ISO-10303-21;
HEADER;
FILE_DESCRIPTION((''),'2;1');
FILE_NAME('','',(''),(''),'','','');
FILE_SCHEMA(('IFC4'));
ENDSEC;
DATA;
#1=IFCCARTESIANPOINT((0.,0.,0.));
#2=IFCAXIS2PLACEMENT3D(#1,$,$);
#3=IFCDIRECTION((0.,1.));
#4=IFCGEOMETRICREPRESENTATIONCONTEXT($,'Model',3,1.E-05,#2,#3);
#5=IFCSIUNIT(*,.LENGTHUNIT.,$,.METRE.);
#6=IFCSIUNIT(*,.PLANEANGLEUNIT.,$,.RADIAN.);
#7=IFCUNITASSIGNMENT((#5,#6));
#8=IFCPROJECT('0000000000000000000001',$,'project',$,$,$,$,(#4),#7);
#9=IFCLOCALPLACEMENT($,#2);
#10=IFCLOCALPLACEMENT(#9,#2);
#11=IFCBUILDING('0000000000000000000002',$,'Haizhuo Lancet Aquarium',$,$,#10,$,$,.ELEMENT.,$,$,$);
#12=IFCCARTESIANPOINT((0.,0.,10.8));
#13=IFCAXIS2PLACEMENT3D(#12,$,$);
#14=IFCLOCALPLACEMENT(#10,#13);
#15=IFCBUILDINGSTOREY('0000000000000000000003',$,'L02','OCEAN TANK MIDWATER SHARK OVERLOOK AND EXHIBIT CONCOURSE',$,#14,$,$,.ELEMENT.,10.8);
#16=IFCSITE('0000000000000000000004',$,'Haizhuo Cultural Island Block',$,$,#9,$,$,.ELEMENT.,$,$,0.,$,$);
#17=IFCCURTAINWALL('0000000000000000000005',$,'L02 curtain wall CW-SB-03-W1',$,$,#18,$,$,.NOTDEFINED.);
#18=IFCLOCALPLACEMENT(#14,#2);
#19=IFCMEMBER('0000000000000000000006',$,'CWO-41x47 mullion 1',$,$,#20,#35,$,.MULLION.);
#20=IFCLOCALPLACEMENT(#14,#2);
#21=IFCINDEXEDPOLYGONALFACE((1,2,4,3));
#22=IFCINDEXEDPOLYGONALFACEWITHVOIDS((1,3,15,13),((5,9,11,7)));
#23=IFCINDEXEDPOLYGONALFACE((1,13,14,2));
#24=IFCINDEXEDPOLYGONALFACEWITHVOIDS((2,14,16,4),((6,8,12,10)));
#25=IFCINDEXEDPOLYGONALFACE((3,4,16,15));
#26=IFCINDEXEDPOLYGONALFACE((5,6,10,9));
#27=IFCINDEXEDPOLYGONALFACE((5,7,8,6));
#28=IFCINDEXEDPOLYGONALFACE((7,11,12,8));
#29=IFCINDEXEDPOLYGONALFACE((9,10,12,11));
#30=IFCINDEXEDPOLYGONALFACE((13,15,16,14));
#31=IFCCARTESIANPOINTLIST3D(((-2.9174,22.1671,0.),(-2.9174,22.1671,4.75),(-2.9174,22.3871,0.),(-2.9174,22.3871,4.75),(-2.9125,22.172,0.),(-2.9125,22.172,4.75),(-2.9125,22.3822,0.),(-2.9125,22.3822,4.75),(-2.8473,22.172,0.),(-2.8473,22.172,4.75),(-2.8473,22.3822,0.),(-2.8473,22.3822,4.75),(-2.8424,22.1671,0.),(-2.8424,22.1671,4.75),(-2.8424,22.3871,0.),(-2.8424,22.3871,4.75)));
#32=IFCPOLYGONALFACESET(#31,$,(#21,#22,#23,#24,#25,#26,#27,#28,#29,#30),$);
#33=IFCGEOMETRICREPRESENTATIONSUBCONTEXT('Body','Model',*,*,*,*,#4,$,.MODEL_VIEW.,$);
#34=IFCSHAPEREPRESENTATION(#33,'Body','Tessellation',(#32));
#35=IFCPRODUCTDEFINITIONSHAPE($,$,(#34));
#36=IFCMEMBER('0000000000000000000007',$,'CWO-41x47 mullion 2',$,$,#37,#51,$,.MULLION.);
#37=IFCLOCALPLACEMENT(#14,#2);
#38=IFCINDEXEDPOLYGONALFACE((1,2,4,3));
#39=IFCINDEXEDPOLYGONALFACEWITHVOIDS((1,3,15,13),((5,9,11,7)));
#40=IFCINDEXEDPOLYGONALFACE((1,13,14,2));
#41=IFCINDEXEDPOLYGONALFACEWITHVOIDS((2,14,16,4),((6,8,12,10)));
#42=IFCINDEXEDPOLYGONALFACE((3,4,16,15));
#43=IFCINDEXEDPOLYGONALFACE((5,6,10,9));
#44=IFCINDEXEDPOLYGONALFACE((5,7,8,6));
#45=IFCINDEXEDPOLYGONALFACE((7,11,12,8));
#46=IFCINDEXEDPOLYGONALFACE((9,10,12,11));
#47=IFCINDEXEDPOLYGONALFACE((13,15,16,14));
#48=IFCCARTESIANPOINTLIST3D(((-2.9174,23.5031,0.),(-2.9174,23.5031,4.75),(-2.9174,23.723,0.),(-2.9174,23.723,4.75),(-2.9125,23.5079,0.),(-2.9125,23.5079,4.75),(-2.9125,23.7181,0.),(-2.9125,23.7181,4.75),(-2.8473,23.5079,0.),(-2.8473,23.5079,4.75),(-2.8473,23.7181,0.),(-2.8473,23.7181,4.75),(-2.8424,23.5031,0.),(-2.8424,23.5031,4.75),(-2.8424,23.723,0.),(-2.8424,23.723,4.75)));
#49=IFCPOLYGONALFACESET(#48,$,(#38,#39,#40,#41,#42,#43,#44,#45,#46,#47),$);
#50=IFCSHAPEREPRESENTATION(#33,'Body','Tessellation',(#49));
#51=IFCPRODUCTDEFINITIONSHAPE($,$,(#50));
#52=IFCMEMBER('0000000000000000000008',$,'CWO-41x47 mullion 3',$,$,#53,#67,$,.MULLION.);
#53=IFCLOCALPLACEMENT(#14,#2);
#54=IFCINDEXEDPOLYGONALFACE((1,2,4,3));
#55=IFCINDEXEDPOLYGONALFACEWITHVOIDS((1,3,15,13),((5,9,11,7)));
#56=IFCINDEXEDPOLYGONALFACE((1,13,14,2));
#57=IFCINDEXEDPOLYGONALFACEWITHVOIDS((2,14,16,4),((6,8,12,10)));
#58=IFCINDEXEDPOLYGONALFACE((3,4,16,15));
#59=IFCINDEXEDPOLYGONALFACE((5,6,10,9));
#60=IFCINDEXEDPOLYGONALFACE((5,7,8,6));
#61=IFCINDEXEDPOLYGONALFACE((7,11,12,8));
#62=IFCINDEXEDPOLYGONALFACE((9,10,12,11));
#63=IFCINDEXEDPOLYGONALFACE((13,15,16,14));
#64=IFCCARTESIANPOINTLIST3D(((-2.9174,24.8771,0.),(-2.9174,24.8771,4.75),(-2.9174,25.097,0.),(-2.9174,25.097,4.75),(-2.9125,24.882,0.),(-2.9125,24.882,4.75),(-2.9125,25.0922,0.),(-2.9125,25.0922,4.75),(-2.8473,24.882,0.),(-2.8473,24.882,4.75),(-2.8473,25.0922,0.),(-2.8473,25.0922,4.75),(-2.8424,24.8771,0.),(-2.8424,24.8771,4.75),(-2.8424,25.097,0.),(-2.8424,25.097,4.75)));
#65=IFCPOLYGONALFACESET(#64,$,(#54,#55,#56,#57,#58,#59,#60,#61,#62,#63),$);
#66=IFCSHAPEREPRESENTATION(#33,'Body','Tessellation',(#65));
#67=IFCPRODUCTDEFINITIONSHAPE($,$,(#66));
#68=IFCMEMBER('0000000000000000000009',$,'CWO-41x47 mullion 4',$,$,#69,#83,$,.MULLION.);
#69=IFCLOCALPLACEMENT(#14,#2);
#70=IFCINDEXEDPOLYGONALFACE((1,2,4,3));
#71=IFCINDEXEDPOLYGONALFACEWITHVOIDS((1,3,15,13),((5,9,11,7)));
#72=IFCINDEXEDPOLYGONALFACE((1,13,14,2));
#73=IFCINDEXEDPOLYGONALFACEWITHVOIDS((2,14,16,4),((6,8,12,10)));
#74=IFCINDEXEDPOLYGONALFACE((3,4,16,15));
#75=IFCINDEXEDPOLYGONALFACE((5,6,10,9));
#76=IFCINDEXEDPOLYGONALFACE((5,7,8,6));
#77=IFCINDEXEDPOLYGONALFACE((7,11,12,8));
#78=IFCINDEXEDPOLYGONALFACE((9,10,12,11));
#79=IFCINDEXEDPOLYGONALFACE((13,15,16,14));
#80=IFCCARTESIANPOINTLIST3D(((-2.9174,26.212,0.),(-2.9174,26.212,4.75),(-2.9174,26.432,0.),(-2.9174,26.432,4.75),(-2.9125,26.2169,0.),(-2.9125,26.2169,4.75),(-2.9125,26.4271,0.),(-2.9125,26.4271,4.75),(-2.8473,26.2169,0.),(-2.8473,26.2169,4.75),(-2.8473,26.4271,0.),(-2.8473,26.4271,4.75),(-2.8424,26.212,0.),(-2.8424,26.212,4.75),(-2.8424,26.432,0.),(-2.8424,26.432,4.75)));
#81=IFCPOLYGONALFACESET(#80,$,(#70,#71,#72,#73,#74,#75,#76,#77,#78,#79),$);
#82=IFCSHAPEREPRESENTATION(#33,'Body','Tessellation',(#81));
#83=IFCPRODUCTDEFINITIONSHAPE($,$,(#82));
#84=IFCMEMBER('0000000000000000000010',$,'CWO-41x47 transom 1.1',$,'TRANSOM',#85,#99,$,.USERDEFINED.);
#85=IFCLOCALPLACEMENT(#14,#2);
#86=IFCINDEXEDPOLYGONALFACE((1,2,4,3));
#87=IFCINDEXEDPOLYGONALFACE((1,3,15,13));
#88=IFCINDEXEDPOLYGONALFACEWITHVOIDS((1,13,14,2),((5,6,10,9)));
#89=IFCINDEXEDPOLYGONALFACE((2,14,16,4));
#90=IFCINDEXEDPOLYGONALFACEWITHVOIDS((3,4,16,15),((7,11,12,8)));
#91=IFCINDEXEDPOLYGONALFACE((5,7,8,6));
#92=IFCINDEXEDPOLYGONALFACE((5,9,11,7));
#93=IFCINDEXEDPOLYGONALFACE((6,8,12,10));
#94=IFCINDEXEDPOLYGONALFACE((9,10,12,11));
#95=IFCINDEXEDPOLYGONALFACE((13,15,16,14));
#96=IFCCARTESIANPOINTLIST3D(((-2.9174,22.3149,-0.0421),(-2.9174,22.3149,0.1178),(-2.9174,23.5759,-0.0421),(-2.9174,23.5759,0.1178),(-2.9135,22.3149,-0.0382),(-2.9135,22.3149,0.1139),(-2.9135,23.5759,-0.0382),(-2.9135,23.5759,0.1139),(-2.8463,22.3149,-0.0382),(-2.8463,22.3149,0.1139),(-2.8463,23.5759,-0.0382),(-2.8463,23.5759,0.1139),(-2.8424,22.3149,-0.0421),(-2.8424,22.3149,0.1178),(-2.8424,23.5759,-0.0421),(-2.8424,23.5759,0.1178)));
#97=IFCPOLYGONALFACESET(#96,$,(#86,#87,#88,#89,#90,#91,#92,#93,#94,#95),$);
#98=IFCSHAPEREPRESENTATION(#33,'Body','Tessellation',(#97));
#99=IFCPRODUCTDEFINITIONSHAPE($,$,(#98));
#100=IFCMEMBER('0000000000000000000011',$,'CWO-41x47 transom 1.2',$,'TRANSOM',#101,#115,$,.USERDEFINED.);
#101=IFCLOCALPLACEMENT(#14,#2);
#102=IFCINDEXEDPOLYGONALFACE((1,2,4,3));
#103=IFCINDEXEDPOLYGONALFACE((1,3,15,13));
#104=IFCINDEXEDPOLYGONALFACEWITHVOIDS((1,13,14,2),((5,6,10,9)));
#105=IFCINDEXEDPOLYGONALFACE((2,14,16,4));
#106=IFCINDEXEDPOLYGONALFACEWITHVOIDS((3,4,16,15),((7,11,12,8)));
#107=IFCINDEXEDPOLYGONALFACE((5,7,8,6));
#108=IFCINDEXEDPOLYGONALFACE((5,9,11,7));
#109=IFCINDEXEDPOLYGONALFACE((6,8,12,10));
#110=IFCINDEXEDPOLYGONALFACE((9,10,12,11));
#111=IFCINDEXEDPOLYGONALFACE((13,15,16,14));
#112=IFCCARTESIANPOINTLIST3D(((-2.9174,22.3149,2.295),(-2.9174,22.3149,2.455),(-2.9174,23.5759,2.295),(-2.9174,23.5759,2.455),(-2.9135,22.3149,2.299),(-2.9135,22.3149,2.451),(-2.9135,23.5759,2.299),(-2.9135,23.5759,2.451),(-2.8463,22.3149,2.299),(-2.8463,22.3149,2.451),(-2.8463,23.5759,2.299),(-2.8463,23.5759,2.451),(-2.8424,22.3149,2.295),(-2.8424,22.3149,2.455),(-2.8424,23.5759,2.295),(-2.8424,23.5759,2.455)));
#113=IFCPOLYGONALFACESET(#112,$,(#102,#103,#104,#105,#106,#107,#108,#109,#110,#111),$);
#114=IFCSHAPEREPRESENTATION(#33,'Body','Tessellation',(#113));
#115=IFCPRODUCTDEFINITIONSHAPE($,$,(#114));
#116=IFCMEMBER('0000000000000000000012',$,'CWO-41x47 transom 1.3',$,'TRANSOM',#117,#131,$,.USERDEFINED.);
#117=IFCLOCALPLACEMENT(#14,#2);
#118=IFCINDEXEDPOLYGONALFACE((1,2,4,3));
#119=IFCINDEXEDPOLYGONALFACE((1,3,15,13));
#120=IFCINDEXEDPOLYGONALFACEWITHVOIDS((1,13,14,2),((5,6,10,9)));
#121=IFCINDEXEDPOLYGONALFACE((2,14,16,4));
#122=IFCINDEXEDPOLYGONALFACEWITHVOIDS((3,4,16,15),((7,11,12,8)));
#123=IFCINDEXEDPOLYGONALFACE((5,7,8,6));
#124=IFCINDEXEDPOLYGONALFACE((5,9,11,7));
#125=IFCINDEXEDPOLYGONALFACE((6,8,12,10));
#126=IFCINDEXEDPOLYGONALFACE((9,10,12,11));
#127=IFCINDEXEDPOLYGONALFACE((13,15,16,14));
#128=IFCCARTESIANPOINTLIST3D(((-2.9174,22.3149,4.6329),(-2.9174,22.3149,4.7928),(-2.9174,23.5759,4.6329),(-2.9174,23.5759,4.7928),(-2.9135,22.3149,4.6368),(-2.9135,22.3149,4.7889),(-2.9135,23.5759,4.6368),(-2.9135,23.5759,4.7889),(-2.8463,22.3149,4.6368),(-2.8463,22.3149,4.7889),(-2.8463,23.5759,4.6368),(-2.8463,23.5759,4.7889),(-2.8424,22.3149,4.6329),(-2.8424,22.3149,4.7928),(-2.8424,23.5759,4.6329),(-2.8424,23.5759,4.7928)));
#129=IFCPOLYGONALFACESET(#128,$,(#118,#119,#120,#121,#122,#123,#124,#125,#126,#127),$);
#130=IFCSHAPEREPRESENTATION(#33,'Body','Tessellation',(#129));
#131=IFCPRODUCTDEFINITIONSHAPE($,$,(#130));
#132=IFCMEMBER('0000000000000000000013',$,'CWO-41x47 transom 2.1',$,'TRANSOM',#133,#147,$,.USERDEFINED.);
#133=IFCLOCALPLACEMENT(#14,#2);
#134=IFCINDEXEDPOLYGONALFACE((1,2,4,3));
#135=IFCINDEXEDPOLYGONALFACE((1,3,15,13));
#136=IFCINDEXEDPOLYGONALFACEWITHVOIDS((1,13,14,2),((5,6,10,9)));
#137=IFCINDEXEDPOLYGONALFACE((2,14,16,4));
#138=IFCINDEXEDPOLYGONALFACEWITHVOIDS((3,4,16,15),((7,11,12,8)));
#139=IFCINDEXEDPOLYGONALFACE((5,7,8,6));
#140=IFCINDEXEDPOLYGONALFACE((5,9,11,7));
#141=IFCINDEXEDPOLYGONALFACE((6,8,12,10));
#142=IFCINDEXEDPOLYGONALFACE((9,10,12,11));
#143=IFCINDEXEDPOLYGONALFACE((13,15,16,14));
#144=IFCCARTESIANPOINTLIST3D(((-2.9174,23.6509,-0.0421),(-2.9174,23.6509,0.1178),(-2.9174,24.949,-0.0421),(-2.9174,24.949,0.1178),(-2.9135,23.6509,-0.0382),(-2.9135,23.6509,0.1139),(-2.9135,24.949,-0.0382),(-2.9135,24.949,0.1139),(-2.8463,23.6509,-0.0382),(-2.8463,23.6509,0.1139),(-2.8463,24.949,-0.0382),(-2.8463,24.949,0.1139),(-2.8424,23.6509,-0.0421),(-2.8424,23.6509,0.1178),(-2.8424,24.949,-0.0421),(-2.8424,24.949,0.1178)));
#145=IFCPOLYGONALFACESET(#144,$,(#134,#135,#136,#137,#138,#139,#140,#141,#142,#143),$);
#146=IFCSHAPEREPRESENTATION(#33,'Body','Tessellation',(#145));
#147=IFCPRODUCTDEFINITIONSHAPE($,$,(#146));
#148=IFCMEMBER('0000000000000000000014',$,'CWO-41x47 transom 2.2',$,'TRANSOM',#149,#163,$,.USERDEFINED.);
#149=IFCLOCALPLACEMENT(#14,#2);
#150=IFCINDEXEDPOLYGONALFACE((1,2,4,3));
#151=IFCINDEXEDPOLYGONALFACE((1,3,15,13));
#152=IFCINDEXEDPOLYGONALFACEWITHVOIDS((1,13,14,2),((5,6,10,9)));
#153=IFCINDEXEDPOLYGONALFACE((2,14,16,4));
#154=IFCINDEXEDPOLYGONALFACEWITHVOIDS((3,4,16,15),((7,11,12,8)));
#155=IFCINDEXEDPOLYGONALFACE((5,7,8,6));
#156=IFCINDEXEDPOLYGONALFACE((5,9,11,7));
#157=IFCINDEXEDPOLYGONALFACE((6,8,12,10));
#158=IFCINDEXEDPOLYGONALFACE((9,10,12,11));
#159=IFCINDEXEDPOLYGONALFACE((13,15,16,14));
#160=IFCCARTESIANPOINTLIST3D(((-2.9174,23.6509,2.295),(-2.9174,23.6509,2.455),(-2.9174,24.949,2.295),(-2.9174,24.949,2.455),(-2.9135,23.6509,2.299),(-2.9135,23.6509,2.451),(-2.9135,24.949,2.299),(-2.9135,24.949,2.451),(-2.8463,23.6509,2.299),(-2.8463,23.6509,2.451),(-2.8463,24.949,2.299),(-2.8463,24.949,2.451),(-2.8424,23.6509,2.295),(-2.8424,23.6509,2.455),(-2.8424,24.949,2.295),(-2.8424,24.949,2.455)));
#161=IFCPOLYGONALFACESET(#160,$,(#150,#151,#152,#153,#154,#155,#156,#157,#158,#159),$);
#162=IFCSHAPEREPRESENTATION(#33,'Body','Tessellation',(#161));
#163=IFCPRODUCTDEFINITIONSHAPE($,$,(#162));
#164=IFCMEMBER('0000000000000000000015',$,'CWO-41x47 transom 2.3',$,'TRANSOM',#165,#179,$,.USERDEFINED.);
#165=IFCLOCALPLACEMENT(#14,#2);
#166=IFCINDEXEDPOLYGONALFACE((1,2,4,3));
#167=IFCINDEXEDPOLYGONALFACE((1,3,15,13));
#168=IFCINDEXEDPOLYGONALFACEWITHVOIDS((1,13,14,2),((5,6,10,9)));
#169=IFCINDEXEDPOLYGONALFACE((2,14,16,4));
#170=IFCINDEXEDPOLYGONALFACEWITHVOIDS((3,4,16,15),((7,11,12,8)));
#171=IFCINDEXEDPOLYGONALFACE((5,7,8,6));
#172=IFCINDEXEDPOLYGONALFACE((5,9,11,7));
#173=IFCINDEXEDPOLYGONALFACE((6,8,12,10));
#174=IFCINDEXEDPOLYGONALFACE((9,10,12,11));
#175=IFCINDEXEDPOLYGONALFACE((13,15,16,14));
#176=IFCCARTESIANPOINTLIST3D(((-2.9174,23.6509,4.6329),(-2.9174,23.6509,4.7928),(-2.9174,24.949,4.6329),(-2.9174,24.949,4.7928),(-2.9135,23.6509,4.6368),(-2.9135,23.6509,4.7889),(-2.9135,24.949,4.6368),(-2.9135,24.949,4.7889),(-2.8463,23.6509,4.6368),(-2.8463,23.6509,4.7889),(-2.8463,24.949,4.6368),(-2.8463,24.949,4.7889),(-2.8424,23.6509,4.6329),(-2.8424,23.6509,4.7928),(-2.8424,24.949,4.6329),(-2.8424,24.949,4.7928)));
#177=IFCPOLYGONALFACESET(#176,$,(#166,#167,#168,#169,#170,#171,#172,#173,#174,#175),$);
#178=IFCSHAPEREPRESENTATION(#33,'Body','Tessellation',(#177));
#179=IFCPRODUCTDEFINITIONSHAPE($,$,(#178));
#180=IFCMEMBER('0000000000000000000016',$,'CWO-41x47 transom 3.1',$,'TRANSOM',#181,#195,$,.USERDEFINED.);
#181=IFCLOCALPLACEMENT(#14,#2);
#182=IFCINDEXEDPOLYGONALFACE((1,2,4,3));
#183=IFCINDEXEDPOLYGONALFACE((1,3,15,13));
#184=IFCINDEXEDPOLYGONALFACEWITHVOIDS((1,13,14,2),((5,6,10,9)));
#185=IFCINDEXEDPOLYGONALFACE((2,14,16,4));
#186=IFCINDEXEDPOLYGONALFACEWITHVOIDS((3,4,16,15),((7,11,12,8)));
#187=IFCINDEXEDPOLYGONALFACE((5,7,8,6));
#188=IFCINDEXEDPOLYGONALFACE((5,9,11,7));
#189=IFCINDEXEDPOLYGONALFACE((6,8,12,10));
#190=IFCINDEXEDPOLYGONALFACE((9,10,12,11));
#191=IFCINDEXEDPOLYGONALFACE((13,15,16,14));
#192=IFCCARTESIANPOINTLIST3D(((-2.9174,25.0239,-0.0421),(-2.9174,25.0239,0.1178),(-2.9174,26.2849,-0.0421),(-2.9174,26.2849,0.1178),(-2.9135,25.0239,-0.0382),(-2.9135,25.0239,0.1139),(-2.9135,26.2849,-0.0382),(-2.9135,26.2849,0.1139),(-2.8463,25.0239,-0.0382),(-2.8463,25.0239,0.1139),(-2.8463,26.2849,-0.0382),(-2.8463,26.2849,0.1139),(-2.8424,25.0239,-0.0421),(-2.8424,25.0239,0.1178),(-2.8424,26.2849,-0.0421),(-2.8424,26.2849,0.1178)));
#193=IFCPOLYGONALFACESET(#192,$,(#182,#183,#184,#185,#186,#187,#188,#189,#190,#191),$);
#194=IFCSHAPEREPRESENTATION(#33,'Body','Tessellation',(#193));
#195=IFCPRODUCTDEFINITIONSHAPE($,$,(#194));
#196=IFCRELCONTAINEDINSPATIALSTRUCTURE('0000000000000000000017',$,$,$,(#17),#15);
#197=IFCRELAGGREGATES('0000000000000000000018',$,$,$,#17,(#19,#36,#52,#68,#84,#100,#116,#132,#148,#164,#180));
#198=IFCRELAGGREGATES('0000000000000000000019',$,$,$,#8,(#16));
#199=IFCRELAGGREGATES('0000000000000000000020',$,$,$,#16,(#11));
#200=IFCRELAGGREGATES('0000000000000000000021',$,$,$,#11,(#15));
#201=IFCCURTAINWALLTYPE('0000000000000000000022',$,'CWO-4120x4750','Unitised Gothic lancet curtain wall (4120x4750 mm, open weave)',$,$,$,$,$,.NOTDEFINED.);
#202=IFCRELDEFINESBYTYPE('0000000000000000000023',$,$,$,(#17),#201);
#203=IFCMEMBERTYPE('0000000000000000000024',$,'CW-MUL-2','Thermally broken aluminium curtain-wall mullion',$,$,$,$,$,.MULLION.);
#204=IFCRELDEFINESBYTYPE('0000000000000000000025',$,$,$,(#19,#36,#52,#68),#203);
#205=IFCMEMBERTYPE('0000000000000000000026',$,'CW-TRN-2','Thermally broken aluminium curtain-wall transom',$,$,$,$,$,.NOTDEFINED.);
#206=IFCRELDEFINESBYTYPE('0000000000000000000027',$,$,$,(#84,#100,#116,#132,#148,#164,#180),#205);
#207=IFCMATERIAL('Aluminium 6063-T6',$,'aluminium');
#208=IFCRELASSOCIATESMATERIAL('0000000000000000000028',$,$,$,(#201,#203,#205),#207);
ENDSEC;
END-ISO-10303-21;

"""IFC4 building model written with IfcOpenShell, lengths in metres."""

from ifc_helpers import new_model, si_unit, direction, frame, origin, origin_2d, place, context, subcontext, project, spatial, hollow_rectangle, extrude, material, material_profile, profile_set, type_object, element, aggregate, save


model = new_model("IFC4")

# Units and contexts
model_context = context("Model", 3, precision=1e-05, world=origin(), true_north=direction((0.0, 1.0)))
body_context = subcontext(model_context, "Body", "Model", "MODEL_VIEW")
ifc_project = project(units=[si_unit("LENGTHUNIT", "METRE"), si_unit("PLANEANGLEUNIT", "RADIAN")], contexts=[model_context])

# Site, building, storey
site_placement = place(None, origin())
site = spatial("IfcSite", under=ifc_project, at=site_placement, Name="Haizhuo Cultural Island Block", CompositionType="ELEMENT", RefElevation=0.0)
building_placement = place(site_placement, origin())
building = spatial("IfcBuilding", under=site, at=building_placement, Name="Haizhuo Lancet Aquarium", CompositionType="ELEMENT")
storey_placement = place(building_placement, frame((0.0, 0.0, 10.8)))
storey = spatial("IfcBuildingStorey", under=building, at=storey_placement, Name="L02", Description="OCEAN TANK MIDWATER SHARK OVERLOOK AND EXHIBIT CONCOURSE", CompositionType="ELEMENT", Elevation=10.8)

# Curtain wall, members
ifc_material_1 = material(Name="Aluminium 6063-T6", Category="aluminium")
curtain_wall_type = type_object("IfcCurtainWallType", Name="CWO-4120x4750", Description="Unitised Gothic lancet curtain wall (4120x4750 mm, open weave)", PredefinedType="NOTDEFINED", material=ifc_material_1)
curtain_wall_placement = place(storey_placement, origin())
curtain_wall = element("IfcCurtainWall", 1, at=curtain_wall_placement, inside=storey, type_object=curtain_wall_type, Name="L02 curtain wall CW-SB-03-W1", PredefinedType="NOTDEFINED")
ifc_material_profile_1 = material_profile(ifc_material_1, hollow_rectangle(XDim=0.075, YDim=0.22, WallThickness=0.0049, at=origin_2d()), Name="ALU-M 75x220x5")
ifc_profile_set_1 = profile_set([ifc_material_profile_1], Name="Aluminium 6063-T6")
member_type_1 = type_object("IfcMemberType", Name="CW-MUL-2", Description="Thermally broken aluminium curtain-wall mullion", PredefinedType="MULLION", material=ifc_profile_set_1)
member_1_placement = place(storey_placement, frame((-2.8799, 22.2771, 0.0), z_axis=(0.0, 0.0, 1.0), x_axis=(-1.0, 0.0, 0.0)))
member_1 = element("IfcMember", 2, at=member_1_placement, type_object=member_type_1, Name="CWO-41x47 mullion 1", PredefinedType="MULLION", context=body_context, shape_type="SweptSolid", body=[
    extrude(hollow_rectangle(XDim=0.075, YDim=0.22, WallThickness=0.0049, at=origin_2d()), origin(), (0.0, 0.0, 1.0), 4.75),
])
member_2_placement = place(storey_placement, frame((-2.8799, 23.613, 0.0), z_axis=(0.0, 0.0, 1.0), x_axis=(-1.0, 0.0, 0.0)))
member_2 = element("IfcMember", 3, at=member_2_placement, type_object=member_type_1, Name="CWO-41x47 mullion 2", PredefinedType="MULLION", context=body_context, shape_type="SweptSolid", body=[
    extrude(hollow_rectangle(XDim=0.075, YDim=0.22, WallThickness=0.0049, at=origin_2d()), origin(), (0.0, 0.0, 1.0), 4.75),
])
member_3_placement = place(storey_placement, frame((-2.8799, 24.9871, 0.0), z_axis=(0.0, 0.0, 1.0), x_axis=(-1.0, 0.0, 0.0)))
member_3 = element("IfcMember", 4, at=member_3_placement, type_object=member_type_1, Name="CWO-41x47 mullion 3", PredefinedType="MULLION", context=body_context, shape_type="SweptSolid", body=[
    extrude(hollow_rectangle(XDim=0.075, YDim=0.22, WallThickness=0.0049, at=origin_2d()), origin(), (0.0, 0.0, 1.0), 4.75),
])
member_4_placement = place(storey_placement, frame((-2.8799, 26.322, 0.0), z_axis=(0.0, 0.0, 1.0), x_axis=(-1.0, 0.0, 0.0)))
member_4 = element("IfcMember", 5, at=member_4_placement, type_object=member_type_1, Name="CWO-41x47 mullion 4", PredefinedType="MULLION", context=body_context, shape_type="SweptSolid", body=[
    extrude(hollow_rectangle(XDim=0.075, YDim=0.22, WallThickness=0.0049, at=origin_2d()), origin(), (0.0, 0.0, 1.0), 4.75),
])
ifc_material_profile_2 = material_profile(ifc_material_1, hollow_rectangle(XDim=0.075, YDim=0.1599, WallThickness=0.0039, at=origin_2d()), Name="ALU-T 75x160x4")
ifc_profile_set_2 = profile_set([ifc_material_profile_2], Name="Aluminium 6063-T6")
member_type_2 = type_object("IfcMemberType", Name="CW-TRN-2", Description="Thermally broken aluminium curtain-wall transom", PredefinedType="NOTDEFINED", material=ifc_profile_set_2)
member_5_placement = place(storey_placement, frame((-2.8799, 22.3149, 0.0378), z_axis=(0.0, 1.0, 0.0), x_axis=(-1.0, 0.0, 0.0)))
member_5 = element("IfcMember", 6, at=member_5_placement, type_object=member_type_2, Name="CWO-41x47 transom 1.1", ObjectType="TRANSOM", PredefinedType="USERDEFINED", context=body_context, shape_type="SweptSolid", body=[
    extrude(hollow_rectangle(XDim=0.075, YDim=0.1599, WallThickness=0.0039, at=origin_2d()), origin(), (0.0, 0.0, 1.0), 1.261),
])
member_6_placement = place(storey_placement, frame((-2.8799, 22.3149, 2.375), z_axis=(0.0, 1.0, 0.0), x_axis=(-1.0, 0.0, 0.0)))
member_6 = element("IfcMember", 7, at=member_6_placement, type_object=member_type_2, Name="CWO-41x47 transom 1.2", ObjectType="TRANSOM", PredefinedType="USERDEFINED", context=body_context, shape_type="SweptSolid", body=[
    extrude(hollow_rectangle(XDim=0.075, YDim=0.1599, WallThickness=0.0039, at=origin_2d()), origin(), (0.0, 0.0, 1.0), 1.261),
])
member_7_placement = place(storey_placement, frame((-2.8799, 22.3149, 4.7129), z_axis=(0.0, 1.0, 0.0), x_axis=(-1.0, 0.0, 0.0)))
member_7 = element("IfcMember", 8, at=member_7_placement, type_object=member_type_2, Name="CWO-41x47 transom 1.3", ObjectType="TRANSOM", PredefinedType="USERDEFINED", context=body_context, shape_type="SweptSolid", body=[
    extrude(hollow_rectangle(XDim=0.075, YDim=0.1599, WallThickness=0.0039, at=origin_2d()), origin(), (0.0, 0.0, 1.0), 1.261),
])
member_8_placement = place(storey_placement, frame((-2.8799, 23.6509, 0.0378), z_axis=(0.0, 1.0, 0.0), x_axis=(-1.0, 0.0, 0.0)))
member_8 = element("IfcMember", 9, at=member_8_placement, type_object=member_type_2, Name="CWO-41x47 transom 2.1", ObjectType="TRANSOM", PredefinedType="USERDEFINED", context=body_context, shape_type="SweptSolid", body=[
    extrude(hollow_rectangle(XDim=0.075, YDim=0.1599, WallThickness=0.0039, at=origin_2d()), origin(), (0.0, 0.0, 1.0), 1.2981),
])
member_9_placement = place(storey_placement, frame((-2.8799, 23.6509, 2.375), z_axis=(0.0, 1.0, 0.0), x_axis=(-1.0, 0.0, 0.0)))
member_9 = element("IfcMember", 10, at=member_9_placement, type_object=member_type_2, Name="CWO-41x47 transom 2.2", ObjectType="TRANSOM", PredefinedType="USERDEFINED", context=body_context, shape_type="SweptSolid", body=[
    extrude(hollow_rectangle(XDim=0.075, YDim=0.1599, WallThickness=0.0039, at=origin_2d()), origin(), (0.0, 0.0, 1.0), 1.2981),
])
member_10_placement = place(storey_placement, frame((-2.8799, 23.6509, 4.7129), z_axis=(0.0, 1.0, 0.0), x_axis=(-1.0, 0.0, 0.0)))
member_10 = element("IfcMember", 11, at=member_10_placement, type_object=member_type_2, Name="CWO-41x47 transom 2.3", ObjectType="TRANSOM", PredefinedType="USERDEFINED", context=body_context, shape_type="SweptSolid", body=[
    extrude(hollow_rectangle(XDim=0.075, YDim=0.1599, WallThickness=0.0039, at=origin_2d()), origin(), (0.0, 0.0, 1.0), 1.2981),
])
member_11_placement = place(storey_placement, frame((-2.8799, 25.0239, 0.0378), z_axis=(0.0, 1.0, 0.0), x_axis=(-1.0, 0.0, 0.0)))
member_11 = element("IfcMember", 12, at=member_11_placement, type_object=member_type_2, Name="CWO-41x47 transom 3.1", ObjectType="TRANSOM", PredefinedType="USERDEFINED", context=body_context, shape_type="SweptSolid", body=[
    extrude(hollow_rectangle(XDim=0.075, YDim=0.1599, WallThickness=0.0039, at=origin_2d()), origin(), (0.0, 0.0, 1.0), 1.261),
])

aggregate(curtain_wall, [member_1, member_2, member_3, member_4, member_5, member_6, member_7, member_8, member_9, member_10, member_11])

save(model, "model.ifc")
